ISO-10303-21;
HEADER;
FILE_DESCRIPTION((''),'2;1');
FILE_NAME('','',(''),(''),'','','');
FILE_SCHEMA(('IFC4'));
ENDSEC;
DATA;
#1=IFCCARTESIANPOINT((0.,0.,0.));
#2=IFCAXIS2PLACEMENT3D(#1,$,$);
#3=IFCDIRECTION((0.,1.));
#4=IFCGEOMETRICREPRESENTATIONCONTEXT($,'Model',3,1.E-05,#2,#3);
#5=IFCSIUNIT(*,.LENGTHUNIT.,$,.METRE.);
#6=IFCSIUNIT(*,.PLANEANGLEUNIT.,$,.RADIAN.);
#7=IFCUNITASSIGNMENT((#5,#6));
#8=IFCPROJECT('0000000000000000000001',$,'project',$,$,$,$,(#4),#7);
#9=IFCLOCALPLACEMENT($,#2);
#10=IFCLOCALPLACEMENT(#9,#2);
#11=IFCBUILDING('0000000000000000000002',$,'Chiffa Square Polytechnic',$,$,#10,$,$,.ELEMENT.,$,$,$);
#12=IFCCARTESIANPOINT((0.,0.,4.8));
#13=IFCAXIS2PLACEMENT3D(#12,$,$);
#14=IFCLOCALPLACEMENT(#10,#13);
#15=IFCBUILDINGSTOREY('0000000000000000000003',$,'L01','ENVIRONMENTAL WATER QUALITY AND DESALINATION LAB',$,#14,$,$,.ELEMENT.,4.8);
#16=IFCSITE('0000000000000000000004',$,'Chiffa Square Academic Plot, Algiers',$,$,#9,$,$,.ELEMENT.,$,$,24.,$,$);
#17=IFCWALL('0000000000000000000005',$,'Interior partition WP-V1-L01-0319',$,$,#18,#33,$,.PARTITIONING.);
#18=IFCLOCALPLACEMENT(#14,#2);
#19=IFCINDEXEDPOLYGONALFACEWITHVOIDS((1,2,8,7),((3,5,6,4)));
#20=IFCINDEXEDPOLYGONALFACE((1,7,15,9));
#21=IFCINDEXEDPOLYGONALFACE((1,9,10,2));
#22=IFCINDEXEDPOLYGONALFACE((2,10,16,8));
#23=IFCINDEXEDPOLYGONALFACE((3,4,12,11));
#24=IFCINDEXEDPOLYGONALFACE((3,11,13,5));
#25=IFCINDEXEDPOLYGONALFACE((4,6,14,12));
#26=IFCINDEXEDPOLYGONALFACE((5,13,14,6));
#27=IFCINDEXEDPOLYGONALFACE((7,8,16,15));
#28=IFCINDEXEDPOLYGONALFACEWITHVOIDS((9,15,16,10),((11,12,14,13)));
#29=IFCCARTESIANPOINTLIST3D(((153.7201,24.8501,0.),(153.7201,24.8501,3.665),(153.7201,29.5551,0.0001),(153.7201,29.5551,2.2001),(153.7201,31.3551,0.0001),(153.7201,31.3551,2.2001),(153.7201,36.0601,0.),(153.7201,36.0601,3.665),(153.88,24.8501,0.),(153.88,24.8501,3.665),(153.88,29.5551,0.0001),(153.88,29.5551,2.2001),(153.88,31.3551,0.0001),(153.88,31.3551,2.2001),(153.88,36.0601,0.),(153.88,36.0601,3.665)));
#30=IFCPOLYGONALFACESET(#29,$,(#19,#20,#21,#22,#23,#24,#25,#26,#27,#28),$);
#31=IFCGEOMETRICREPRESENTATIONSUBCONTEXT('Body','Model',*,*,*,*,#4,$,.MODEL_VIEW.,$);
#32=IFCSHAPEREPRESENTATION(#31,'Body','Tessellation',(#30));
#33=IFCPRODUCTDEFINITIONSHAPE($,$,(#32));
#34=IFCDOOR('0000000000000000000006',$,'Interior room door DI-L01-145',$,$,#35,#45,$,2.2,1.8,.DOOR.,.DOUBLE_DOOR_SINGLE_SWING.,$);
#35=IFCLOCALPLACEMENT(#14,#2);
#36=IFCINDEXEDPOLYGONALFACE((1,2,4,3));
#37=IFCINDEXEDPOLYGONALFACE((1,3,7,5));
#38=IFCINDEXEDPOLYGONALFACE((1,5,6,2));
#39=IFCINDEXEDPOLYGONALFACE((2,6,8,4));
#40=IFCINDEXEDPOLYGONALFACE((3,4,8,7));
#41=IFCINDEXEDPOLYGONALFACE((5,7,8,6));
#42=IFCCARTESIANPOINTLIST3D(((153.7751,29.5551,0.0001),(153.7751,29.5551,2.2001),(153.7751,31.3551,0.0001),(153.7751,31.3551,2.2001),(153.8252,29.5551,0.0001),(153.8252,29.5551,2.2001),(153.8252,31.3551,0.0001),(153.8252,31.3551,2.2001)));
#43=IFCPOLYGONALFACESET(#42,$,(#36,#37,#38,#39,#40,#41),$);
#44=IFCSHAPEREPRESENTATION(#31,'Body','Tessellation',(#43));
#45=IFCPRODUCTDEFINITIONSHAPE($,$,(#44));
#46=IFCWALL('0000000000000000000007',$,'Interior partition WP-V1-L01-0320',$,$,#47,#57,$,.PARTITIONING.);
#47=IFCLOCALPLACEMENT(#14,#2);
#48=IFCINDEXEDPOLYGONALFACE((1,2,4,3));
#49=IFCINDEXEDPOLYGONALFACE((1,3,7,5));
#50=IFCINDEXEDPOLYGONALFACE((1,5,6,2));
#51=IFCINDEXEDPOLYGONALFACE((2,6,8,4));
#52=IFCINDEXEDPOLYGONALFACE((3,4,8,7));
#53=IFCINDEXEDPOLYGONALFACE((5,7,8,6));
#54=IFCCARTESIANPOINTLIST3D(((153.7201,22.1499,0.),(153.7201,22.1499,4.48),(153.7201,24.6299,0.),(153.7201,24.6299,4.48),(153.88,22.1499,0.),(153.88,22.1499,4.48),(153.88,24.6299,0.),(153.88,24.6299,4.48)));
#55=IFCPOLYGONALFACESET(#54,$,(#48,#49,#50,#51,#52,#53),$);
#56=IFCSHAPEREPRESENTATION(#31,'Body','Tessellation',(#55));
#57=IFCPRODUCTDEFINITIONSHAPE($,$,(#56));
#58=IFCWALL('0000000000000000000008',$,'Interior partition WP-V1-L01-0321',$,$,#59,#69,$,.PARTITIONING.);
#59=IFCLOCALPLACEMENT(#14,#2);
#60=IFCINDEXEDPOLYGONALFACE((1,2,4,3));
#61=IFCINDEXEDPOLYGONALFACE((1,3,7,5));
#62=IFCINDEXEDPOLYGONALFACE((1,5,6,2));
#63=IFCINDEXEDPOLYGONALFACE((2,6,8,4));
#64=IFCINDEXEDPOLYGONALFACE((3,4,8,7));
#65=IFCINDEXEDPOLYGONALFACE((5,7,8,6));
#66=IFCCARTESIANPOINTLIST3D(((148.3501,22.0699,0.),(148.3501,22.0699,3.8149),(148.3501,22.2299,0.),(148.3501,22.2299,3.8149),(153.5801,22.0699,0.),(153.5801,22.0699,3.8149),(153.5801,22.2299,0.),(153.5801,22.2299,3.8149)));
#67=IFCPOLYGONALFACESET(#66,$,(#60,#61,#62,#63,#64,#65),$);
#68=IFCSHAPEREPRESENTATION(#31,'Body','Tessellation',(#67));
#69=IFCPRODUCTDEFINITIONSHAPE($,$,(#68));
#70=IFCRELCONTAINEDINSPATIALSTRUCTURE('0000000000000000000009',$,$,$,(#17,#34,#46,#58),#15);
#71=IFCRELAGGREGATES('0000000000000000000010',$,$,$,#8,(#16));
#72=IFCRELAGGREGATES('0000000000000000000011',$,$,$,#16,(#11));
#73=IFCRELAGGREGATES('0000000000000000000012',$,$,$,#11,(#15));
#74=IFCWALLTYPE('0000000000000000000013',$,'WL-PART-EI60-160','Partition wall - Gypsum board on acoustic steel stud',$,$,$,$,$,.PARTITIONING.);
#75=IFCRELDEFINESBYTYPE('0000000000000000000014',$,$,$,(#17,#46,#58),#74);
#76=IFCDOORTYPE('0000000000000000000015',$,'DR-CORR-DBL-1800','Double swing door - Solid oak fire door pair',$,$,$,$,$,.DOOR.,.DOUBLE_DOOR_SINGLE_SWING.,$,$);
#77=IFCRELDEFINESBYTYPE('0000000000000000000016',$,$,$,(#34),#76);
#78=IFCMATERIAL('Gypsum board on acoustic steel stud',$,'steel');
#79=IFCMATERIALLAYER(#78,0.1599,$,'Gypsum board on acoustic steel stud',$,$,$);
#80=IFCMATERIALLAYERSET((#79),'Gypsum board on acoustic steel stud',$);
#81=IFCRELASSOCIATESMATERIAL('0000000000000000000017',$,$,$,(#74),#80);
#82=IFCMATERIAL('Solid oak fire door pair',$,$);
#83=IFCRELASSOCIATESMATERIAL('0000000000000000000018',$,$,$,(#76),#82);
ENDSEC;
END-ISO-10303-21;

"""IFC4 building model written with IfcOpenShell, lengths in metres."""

from ifc_helpers import new_model, si_unit, direction, frame, frame_2d, origin, place, context, subcontext, project, spatial, rectangle, extrude, material, layer, layer_set, type_object, element, fill, save


model = new_model("IFC4")

# Units and contexts
model_context = context("Model", 3, precision=1e-05, world=origin(), true_north=direction((0.0, 1.0)))
body_context = subcontext(model_context, "Body", "Model", "MODEL_VIEW")
ifc_project = project(units=[si_unit("LENGTHUNIT", "METRE"), si_unit("PLANEANGLEUNIT", "RADIAN")], contexts=[model_context])

# Site, building, storey
site_placement = place(None, origin())
site = spatial("IfcSite", under=ifc_project, at=site_placement, Name="Chiffa Square Academic Plot, Algiers", CompositionType="ELEMENT", RefElevation=24.0)
building_placement = place(site_placement, origin())
building = spatial("IfcBuilding", under=site, at=building_placement, Name="Chiffa Square Polytechnic", CompositionType="ELEMENT")
storey_placement = place(building_placement, frame((0.0, 0.0, 4.8)))
storey = spatial("IfcBuildingStorey", under=building, at=storey_placement, Name="L01", Description="ENVIRONMENTAL WATER QUALITY AND DESALINATION LAB", CompositionType="ELEMENT", Elevation=4.8)

# Wall, opening, door
ifc_material_1 = material(Name="Gypsum board on acoustic steel stud", Category="steel")
ifc_layer_1 = layer(ifc_material_1, 0.1599, Name="Gypsum board on acoustic steel stud")
ifc_layer_set_1 = layer_set([ifc_layer_1], Name="Gypsum board on acoustic steel stud")
wall_type_1 = type_object("IfcWallType", Name="WL-PART-EI60-160", Description="Partition wall - Gypsum board on acoustic steel stud", PredefinedType="PARTITIONING", material=ifc_layer_set_1)
wall_1_placement = place(storey_placement, frame((153.8, 24.8501, 0.0), z_axis=(0.0, 0.0, 1.0), x_axis=(0.0, 1.0, 0.0)))
wall_1 = element("IfcWall", 1, at=wall_1_placement, inside=storey, type_object=wall_type_1, Name="Interior partition WP-V1-L01-0319", PredefinedType="PARTITIONING", context=body_context, shape_type="SweptSolid", body=[
    extrude(rectangle(XDim=11.21, YDim=0.1599, at=frame_2d((5.605, 0.0))), origin(), (0.0, 0.0, 1.0), 3.665),
])
opening_1_placement = place(wall_1_placement, frame((4.7051, 0.0, 0.0)))
opening_1 = element("IfcOpeningElement", 2, at=opening_1_placement, cuts=wall_1, PredefinedType="OPENING", context=body_context, shape_type="SweptSolid", body=[
    extrude(rectangle(XDim=1.8, YDim=2.2, at=frame_2d((0.8999, 1.1001))), frame((0.0, 0.0898, 0.0), z_axis=(0.0, -1.0, 0.0), x_axis=(1.0, 0.0, 0.0)), (0.0, 0.0, 1.0), 0.1799),
])
ifc_material_2 = material(Name="Solid oak fire door pair")
door_type = type_object("IfcDoorType", Name="DR-CORR-DBL-1800", Description="Double swing door - Solid oak fire door pair", OperationType="DOUBLE_DOOR_SINGLE_SWING", PredefinedType="DOOR", material=ifc_material_2)
door_placement = place(opening_1_placement, origin())
door = element("IfcDoor", 3, at=door_placement, inside=storey, type_object=door_type, Name="Interior room door DI-L01-145", OperationType="DOUBLE_DOOR_SINGLE_SWING", OverallHeight=2.2, OverallWidth=1.8, PredefinedType="DOOR", context=body_context, shape_type="SweptSolid", body=[
    extrude(rectangle(XDim=1.8, YDim=2.2, at=frame_2d((0.8999, 1.1001))), frame((0.0, 0.0249, 0.0), z_axis=(0.0, -1.0, 0.0), x_axis=(1.0, 0.0, 0.0)), (0.0, 0.0, 1.0), 0.05),
])
fill(opening_1, door)

# Walls
wall_2_placement = place(storey_placement, frame((153.8, 22.1499, 0.0), z_axis=(0.0, 0.0, 1.0), x_axis=(0.0, 1.0, 0.0)))
element("IfcWall", 4, at=wall_2_placement, inside=storey, type_object=wall_type_1, Name="Interior partition WP-V1-L01-0320", PredefinedType="PARTITIONING", context=body_context, shape_type="SweptSolid", body=[
    extrude(rectangle(XDim=2.48, YDim=0.1599, at=frame_2d((1.24, 0.0))), origin(), (0.0, 0.0, 1.0), 4.48),
])
wall_3_placement = place(storey_placement, frame((148.3501, 22.1499, 0.0), z_axis=(0.0, 0.0, 1.0), x_axis=(1.0, 0.0, 0.0)))
element("IfcWall", 5, at=wall_3_placement, inside=storey, type_object=wall_type_1, Name="Interior partition WP-V1-L01-0321", PredefinedType="PARTITIONING", context=body_context, shape_type="SweptSolid", body=[
    extrude(rectangle(XDim=5.23, YDim=0.1599, at=frame_2d((2.615, 0.0))), origin(), (0.0, 0.0, 1.0), 3.8149),
])

save(model, "model.ifc")
